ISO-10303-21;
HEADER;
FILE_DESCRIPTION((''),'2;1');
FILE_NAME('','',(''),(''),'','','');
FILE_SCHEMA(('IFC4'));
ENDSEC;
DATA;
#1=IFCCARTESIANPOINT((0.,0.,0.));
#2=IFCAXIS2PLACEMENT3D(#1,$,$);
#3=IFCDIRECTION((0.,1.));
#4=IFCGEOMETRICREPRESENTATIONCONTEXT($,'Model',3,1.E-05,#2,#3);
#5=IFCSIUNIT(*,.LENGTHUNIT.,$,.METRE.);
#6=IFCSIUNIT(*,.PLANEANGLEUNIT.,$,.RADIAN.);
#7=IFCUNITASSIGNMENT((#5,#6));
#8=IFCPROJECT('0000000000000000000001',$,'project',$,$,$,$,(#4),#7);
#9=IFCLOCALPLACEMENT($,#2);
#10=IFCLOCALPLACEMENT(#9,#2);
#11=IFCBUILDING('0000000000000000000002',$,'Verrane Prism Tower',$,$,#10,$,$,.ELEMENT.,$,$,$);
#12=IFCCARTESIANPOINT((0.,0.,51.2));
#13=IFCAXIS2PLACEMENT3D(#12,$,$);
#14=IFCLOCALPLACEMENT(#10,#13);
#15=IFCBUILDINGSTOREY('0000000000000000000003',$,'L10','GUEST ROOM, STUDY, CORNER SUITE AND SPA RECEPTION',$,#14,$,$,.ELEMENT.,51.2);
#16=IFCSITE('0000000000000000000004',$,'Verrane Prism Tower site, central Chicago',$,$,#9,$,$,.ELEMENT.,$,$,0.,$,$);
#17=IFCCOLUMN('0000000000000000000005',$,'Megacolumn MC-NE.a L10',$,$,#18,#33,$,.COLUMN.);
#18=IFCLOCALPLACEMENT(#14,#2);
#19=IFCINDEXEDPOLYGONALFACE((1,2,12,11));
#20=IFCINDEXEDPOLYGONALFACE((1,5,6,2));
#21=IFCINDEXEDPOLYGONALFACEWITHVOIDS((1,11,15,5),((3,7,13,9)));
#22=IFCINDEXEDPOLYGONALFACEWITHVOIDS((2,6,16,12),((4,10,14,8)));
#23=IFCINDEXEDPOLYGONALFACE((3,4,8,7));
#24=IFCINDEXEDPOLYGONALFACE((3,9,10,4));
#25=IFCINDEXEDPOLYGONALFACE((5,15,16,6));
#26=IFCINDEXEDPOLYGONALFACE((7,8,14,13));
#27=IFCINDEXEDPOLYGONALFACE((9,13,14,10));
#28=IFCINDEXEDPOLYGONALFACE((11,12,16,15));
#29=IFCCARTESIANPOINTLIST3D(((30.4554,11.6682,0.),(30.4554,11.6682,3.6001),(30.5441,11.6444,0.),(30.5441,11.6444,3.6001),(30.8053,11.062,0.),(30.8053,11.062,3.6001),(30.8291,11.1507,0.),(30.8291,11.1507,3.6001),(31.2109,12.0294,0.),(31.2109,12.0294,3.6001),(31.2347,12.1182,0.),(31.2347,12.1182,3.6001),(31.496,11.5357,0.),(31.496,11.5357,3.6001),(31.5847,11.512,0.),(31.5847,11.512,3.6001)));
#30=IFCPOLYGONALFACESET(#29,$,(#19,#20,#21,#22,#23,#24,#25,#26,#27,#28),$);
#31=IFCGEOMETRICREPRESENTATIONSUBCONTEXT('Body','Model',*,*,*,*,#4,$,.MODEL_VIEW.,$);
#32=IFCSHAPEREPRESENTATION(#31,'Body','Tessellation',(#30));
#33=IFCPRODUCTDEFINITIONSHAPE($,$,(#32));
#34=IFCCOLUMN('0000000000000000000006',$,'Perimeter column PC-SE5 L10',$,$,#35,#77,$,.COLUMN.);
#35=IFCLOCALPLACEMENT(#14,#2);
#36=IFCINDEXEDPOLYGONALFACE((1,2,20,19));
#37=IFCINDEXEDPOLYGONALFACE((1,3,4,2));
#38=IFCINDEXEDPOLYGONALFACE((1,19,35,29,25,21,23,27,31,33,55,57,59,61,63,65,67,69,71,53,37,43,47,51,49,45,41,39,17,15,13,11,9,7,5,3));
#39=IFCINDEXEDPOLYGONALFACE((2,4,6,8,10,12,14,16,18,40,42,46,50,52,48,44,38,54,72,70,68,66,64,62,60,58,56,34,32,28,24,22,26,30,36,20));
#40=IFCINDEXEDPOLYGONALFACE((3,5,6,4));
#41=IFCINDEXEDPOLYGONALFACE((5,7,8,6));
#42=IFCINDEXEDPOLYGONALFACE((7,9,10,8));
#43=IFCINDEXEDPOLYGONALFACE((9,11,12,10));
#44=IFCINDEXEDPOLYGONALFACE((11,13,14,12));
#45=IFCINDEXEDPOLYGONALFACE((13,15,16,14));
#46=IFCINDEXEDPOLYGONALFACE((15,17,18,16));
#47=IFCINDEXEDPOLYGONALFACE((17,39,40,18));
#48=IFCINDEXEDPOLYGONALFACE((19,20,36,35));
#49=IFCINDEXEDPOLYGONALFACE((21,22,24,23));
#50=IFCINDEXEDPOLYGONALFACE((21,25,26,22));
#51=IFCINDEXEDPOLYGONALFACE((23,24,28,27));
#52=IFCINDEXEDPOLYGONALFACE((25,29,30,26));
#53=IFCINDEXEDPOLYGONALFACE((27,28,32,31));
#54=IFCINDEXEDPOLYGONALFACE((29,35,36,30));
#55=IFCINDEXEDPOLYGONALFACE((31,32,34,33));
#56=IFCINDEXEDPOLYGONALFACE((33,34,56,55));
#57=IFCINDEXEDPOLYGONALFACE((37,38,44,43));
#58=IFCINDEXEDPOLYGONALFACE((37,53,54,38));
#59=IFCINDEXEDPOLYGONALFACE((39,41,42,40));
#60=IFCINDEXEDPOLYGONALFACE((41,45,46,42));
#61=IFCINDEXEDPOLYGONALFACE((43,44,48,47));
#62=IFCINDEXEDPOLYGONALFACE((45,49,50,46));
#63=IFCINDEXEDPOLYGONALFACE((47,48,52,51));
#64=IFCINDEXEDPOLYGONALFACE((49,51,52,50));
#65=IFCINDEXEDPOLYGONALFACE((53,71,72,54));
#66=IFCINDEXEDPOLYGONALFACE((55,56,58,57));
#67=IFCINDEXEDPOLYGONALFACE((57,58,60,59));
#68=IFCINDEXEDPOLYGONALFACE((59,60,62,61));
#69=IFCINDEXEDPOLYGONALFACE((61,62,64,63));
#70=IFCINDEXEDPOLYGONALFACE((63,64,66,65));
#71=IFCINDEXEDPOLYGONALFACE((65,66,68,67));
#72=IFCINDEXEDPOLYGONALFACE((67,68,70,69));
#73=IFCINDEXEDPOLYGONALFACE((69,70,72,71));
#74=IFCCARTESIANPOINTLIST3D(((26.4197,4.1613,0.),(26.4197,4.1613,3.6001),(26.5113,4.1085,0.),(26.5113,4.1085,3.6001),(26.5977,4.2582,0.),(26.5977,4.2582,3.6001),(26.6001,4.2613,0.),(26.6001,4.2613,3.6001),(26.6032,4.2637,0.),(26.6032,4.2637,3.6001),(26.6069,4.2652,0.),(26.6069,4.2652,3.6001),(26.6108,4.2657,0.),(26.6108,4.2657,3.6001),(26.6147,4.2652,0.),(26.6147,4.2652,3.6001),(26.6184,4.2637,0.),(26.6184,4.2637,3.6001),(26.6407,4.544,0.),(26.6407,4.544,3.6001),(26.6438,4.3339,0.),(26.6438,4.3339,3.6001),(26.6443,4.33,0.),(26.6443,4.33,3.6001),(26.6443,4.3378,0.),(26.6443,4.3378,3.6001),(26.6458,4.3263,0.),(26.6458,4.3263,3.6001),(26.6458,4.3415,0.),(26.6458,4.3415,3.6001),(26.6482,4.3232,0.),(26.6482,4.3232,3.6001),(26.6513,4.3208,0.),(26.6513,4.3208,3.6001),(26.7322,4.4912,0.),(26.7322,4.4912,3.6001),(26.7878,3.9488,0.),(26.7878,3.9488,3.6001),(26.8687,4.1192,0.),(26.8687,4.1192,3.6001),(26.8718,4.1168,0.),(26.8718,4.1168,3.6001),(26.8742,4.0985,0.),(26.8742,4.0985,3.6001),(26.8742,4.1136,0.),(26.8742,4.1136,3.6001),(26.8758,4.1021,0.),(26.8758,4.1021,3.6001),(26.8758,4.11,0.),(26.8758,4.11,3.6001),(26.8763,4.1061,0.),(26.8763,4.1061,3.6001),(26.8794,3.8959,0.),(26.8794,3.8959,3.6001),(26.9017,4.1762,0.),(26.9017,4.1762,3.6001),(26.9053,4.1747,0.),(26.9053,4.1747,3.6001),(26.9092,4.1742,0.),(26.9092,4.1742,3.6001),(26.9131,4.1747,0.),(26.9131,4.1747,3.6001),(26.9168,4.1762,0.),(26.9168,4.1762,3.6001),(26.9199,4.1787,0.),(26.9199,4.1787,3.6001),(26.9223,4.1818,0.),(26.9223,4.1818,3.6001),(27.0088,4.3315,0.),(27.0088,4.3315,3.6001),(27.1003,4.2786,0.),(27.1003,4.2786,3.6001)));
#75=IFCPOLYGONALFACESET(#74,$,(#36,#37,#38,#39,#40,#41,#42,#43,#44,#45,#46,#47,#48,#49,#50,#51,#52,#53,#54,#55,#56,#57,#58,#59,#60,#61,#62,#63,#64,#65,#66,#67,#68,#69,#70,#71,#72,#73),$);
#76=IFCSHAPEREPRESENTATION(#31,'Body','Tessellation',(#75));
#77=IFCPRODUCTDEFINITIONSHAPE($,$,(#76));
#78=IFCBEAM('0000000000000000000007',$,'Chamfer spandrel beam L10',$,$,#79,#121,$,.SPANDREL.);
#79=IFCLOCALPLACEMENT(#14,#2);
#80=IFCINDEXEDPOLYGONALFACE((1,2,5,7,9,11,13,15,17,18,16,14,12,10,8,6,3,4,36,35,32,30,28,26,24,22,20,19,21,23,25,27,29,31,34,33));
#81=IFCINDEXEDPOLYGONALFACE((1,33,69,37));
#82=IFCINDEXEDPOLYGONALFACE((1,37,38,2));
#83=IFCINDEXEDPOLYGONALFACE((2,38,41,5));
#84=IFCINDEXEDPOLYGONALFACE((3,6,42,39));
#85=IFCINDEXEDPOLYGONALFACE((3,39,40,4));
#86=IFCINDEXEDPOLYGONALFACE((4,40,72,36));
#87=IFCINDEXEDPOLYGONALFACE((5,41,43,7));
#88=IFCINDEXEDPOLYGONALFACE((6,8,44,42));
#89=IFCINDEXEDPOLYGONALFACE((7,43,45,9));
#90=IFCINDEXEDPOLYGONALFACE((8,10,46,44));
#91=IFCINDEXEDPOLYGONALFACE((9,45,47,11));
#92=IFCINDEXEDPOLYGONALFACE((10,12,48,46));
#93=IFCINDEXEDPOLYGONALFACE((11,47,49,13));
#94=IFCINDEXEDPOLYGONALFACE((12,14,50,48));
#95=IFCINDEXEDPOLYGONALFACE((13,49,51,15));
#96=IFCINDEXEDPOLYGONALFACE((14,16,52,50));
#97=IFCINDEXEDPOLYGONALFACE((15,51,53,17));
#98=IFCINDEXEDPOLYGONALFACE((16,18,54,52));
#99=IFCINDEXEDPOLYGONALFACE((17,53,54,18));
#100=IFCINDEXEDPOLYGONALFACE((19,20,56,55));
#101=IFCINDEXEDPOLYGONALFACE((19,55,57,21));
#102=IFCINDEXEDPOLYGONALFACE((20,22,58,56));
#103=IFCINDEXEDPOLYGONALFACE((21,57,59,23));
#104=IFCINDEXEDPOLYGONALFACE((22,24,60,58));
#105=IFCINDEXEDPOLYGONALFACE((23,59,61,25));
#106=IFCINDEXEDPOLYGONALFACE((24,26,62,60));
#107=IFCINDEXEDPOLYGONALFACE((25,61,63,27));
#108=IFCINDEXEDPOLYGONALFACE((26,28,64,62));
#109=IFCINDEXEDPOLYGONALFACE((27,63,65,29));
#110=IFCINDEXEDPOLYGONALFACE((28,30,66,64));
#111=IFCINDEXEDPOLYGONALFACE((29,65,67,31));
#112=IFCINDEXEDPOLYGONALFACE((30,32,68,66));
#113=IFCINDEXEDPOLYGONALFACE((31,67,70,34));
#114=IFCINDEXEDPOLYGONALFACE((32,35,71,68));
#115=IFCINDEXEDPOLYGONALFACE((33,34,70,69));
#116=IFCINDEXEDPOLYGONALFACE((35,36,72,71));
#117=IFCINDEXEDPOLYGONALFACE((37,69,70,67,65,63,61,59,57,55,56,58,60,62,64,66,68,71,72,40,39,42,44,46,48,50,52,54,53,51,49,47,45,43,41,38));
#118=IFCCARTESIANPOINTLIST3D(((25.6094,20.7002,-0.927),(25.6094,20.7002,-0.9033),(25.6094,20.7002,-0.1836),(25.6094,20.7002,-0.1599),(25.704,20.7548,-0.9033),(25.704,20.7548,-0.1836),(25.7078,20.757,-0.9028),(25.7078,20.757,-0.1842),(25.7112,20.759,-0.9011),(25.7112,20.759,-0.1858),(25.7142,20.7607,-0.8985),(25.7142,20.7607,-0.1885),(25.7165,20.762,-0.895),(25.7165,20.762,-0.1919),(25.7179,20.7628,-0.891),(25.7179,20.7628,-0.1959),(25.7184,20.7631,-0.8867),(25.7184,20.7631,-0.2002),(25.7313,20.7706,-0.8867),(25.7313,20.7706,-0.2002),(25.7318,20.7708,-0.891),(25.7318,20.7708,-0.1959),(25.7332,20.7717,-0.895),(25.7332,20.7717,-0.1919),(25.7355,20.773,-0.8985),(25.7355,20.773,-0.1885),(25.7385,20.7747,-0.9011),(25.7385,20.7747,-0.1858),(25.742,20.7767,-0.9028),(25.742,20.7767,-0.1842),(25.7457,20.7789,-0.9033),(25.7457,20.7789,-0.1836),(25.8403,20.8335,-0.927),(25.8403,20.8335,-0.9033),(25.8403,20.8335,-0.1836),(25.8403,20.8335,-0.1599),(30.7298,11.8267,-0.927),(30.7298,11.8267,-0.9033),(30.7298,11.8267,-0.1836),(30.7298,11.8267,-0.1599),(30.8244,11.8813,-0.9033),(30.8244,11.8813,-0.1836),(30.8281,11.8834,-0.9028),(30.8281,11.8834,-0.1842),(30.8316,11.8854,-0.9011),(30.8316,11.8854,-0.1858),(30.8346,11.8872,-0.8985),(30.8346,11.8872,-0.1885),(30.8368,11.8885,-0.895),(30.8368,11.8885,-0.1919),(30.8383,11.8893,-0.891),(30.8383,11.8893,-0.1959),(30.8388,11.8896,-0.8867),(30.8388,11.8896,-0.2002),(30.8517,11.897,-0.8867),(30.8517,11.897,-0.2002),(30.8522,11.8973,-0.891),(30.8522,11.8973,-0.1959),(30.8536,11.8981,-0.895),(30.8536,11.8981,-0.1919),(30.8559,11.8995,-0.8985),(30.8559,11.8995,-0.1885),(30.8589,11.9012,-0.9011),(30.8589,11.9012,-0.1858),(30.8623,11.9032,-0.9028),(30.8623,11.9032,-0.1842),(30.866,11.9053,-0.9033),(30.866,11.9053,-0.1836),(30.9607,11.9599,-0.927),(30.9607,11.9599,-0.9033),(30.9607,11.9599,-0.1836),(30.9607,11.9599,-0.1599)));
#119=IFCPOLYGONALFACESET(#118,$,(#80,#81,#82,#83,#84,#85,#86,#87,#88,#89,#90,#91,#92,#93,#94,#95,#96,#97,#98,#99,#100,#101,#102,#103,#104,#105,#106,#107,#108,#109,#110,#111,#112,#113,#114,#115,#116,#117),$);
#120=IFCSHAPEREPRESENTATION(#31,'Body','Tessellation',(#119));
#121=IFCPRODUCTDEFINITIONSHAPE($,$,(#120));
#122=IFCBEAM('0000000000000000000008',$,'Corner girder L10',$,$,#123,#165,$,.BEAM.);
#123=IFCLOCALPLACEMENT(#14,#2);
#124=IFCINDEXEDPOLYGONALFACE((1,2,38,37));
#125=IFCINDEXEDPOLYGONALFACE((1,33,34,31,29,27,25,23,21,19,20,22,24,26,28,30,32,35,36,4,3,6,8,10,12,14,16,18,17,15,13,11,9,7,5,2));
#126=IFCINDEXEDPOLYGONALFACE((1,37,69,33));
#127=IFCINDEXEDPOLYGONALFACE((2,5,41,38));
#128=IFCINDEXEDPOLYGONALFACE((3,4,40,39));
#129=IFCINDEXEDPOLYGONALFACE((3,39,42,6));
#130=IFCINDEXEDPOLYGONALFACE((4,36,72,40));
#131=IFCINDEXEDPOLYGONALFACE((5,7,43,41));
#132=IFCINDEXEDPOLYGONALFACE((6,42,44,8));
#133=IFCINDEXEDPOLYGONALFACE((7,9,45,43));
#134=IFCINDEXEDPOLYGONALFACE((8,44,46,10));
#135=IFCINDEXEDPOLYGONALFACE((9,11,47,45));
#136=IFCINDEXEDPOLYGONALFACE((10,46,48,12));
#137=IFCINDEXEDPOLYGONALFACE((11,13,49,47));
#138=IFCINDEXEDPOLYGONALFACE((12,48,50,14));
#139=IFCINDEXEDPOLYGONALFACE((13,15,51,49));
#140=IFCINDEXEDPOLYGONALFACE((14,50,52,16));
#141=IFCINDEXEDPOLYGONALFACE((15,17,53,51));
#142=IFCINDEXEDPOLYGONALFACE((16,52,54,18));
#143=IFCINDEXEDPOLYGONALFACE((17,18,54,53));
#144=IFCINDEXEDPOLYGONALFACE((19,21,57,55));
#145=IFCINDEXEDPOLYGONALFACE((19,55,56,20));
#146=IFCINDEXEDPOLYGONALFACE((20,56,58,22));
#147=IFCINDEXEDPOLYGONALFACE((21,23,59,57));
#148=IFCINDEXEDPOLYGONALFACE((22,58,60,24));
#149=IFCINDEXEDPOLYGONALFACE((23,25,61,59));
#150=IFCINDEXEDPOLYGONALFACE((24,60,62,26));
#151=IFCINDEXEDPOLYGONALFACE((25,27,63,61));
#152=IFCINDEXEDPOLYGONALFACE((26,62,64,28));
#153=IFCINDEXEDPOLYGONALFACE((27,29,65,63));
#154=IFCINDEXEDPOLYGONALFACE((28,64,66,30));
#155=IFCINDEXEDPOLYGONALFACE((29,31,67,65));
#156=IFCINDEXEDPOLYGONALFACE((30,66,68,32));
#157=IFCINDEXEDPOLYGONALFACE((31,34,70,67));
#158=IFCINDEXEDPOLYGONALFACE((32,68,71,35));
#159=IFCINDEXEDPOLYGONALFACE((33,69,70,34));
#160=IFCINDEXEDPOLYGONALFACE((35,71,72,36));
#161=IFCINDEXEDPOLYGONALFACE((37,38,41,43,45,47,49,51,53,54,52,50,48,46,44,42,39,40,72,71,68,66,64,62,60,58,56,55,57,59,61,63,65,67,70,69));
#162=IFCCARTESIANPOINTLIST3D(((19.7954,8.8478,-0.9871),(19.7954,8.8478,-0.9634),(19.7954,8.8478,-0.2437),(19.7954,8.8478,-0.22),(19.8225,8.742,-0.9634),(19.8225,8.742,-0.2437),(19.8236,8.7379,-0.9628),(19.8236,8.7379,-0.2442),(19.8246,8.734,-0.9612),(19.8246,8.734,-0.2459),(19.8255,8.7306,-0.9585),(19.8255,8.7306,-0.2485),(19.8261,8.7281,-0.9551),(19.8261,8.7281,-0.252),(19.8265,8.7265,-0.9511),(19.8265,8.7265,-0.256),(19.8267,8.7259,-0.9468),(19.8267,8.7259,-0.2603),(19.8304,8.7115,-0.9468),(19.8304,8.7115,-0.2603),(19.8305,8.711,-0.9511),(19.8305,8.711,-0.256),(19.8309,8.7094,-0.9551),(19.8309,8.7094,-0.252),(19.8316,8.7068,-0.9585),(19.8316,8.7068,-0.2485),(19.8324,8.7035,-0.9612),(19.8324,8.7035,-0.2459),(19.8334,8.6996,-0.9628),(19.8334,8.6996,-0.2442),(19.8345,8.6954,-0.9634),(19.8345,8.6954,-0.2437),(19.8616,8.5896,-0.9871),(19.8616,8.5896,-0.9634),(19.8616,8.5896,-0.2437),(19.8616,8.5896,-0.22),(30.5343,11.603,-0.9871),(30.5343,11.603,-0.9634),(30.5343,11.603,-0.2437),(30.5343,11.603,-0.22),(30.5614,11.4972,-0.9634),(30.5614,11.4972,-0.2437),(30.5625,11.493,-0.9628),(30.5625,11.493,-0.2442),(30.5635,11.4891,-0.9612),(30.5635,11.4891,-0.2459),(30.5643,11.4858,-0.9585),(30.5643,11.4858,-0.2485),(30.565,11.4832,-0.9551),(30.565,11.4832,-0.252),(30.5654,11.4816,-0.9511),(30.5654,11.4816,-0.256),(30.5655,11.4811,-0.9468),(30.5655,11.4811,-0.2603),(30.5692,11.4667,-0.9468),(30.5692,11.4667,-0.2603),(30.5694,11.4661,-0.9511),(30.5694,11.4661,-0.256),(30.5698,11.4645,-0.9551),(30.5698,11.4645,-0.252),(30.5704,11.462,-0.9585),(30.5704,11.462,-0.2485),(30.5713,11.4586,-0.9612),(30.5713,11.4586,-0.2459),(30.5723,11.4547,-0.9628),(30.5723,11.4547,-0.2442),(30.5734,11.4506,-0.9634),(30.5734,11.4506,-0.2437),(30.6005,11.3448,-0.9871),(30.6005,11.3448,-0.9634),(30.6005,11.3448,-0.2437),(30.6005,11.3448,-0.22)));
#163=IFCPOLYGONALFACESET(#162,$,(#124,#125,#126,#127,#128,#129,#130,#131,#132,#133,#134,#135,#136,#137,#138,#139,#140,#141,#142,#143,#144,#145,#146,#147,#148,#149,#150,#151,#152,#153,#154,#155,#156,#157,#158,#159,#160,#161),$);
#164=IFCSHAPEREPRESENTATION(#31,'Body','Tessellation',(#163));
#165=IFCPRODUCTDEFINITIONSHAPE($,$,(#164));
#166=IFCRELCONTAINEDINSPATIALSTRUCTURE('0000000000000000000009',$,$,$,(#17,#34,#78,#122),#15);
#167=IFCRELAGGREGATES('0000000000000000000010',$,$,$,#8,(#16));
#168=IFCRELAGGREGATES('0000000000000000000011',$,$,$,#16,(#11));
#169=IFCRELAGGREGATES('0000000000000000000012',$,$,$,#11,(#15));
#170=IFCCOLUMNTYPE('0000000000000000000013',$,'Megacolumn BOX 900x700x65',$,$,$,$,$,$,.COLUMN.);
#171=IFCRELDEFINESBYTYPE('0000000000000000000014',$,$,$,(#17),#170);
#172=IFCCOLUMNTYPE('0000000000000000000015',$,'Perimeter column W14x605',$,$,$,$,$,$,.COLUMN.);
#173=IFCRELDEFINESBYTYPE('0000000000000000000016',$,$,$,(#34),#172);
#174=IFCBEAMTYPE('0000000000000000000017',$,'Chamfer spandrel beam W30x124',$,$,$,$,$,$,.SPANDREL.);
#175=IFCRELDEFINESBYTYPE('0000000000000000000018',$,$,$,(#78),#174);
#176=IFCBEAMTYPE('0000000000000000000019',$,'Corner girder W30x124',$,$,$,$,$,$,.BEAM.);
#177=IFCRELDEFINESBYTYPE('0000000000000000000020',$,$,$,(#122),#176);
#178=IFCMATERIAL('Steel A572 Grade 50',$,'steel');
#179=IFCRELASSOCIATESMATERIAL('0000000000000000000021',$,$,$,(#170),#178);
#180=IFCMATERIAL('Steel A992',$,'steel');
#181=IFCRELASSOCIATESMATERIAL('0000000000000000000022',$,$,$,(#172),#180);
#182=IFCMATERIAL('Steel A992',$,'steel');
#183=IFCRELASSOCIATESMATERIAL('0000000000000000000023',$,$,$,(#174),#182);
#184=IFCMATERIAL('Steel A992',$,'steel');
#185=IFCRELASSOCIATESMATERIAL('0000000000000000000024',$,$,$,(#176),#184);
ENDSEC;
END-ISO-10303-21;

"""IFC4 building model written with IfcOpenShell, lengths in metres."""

from ifc_helpers import new_model, si_unit, direction, frame, origin, origin_2d, place, context, subcontext, project, spatial, hollow_rectangle, i_section, extrude, material, material_profile, profile_set, type_object, element, save


model = new_model("IFC4")

# Units and contexts
model_context = context("Model", 3, precision=1e-05, world=origin(), true_north=direction((0.0, 1.0)))
body_context = subcontext(model_context, "Body", "Model", "MODEL_VIEW")
ifc_project = project(units=[si_unit("LENGTHUNIT", "METRE"), si_unit("PLANEANGLEUNIT", "RADIAN")], contexts=[model_context])

# Site, building, storey
site_placement = place(None, origin())
site = spatial("IfcSite", under=ifc_project, at=site_placement, Name="Verrane Prism Tower site, central Chicago", CompositionType="ELEMENT", RefElevation=0.0)
building_placement = place(site_placement, origin())
building = spatial("IfcBuilding", under=site, at=building_placement, Name="Verrane Prism Tower", CompositionType="ELEMENT")
storey_placement = place(building_placement, frame((0.0, 0.0, 51.2)))
storey = spatial("IfcBuildingStorey", under=building, at=storey_placement, Name="L10", Description="GUEST ROOM, STUDY, CORNER SUITE AND SPA RECEPTION", CompositionType="ELEMENT", Elevation=51.2)

# Columns
ifc_material_1 = material(Name="Steel A572 Grade 50", Category="steel")
ifc_material_profile_1 = material_profile(ifc_material_1, hollow_rectangle(XDim=0.7, YDim=0.8999, WallThickness=0.0649, at=origin_2d()), Name="BOX 900x700x65")
ifc_profile_set_1 = profile_set([ifc_material_profile_1], Name="Steel A572 Grade 50")
column_type_1 = type_object("IfcColumnType", Name="Megacolumn BOX 900x700x65", PredefinedType="COLUMN", material=ifc_profile_set_1)
column_1_placement = place(storey_placement, frame((31.02, 11.5901, 0.0), z_axis=(0.0, 0.0, 1.0), x_axis=(0.5, -0.866025, 0.0)))
element("IfcColumn", 1, at=column_1_placement, inside=storey, type_object=column_type_1, Name="Megacolumn MC-NE.a L10", PredefinedType="COLUMN", context=body_context, shape_type="SweptSolid", body=[
    extrude(hollow_rectangle(XDim=0.7, YDim=0.8999, WallThickness=0.0649, at=origin_2d()), origin(), (0.0, 0.0, 1.0), 3.6001),
])
ifc_material_2 = material(Name="Steel A992", Category="steel")
ifc_material_profile_2 = material_profile(ifc_material_2, i_section(OverallWidth=0.4419, OverallDepth=0.5308, WebThickness=0.0659, FlangeThickness=0.1057, FilletRadius=0.0151, at=origin_2d()), Name="W14x605")
ifc_profile_set_2 = profile_set([ifc_material_profile_2], Name="Steel A992")
column_type_2 = type_object("IfcColumnType", Name="Perimeter column W14x605", PredefinedType="COLUMN", material=ifc_profile_set_2)
column_2_placement = place(storey_placement, frame((26.76, 4.22, 0.0), z_axis=(0.0, 0.0, 1.0), x_axis=(-0.5, -0.866025, 0.0)))
element("IfcColumn", 2, at=column_2_placement, inside=storey, type_object=column_type_2, Name="Perimeter column PC-SE5 L10", PredefinedType="COLUMN", context=body_context, shape_type="SweptSolid", body=[
    extrude(i_section(OverallWidth=0.4419, OverallDepth=0.5308, WebThickness=0.0659, FlangeThickness=0.1057, FilletRadius=0.0151, at=origin_2d()), origin(), (0.0, 0.0, 1.0), 3.6001),
])

# Beams
ifc_material_3 = material(Name="Steel A992", Category="steel")
ifc_material_profile_3 = material_profile(ifc_material_3, i_section(OverallWidth=0.2666, OverallDepth=0.7671, WebThickness=0.0149, FlangeThickness=0.0237, FilletRadius=0.0166, at=origin_2d()), Name="W30x124")
ifc_profile_set_3 = profile_set([ifc_material_profile_3], Name="Steel A992")
beam_type_1 = type_object("IfcBeamType", Name="Chamfer spandrel beam W30x124", PredefinedType="SPANDREL", material=ifc_profile_set_3)
beam_1_placement = place(storey_placement, frame((30.8452, 11.8933, -0.5435), z_axis=(-0.499797, 0.866143, 0.0), x_axis=(-0.866143, -0.499797, 0.0)))
element("IfcBeam", 3, at=beam_1_placement, inside=storey, type_object=beam_type_1, Name="Chamfer spandrel beam L10", PredefinedType="SPANDREL", context=body_context, shape_type="SweptSolid", body=[
    extrude(i_section(OverallWidth=0.2666, OverallDepth=0.7671, WebThickness=0.0149, FlangeThickness=0.0237, FilletRadius=0.0166, at=origin_2d()), origin(), (0.0, 0.0, 1.0), 10.2449),
])
ifc_material_4 = material(Name="Steel A992", Category="steel")
ifc_material_profile_4 = material_profile(ifc_material_4, i_section(OverallWidth=0.2666, OverallDepth=0.7671, WebThickness=0.0149, FlangeThickness=0.0237, FilletRadius=0.0166, at=origin_2d()), Name="W30x124")
ifc_profile_set_4 = profile_set([ifc_material_profile_4], Name="Steel A992")
beam_type_2 = type_object("IfcBeamType", Name="Corner girder W30x124", PredefinedType="BEAM", material=ifc_profile_set_4)
beam_2_placement = place(storey_placement, frame((30.5674, 11.4739, -0.6035), z_axis=(-0.968629, -0.24851, 0.0), x_axis=(0.24851, -0.968629, 0.0)))
element("IfcBeam", 4, at=beam_2_placement, inside=storey, type_object=beam_type_2, Name="Corner girder L10", PredefinedType="BEAM", context=body_context, shape_type="SweptSolid", body=[
    extrude(i_section(OverallWidth=0.2666, OverallDepth=0.7671, WebThickness=0.0149, FlangeThickness=0.0237, FilletRadius=0.0166, at=origin_2d()), origin(), (0.0, 0.0, 1.0), 11.0867),
])

save(model, "model.ifc")
